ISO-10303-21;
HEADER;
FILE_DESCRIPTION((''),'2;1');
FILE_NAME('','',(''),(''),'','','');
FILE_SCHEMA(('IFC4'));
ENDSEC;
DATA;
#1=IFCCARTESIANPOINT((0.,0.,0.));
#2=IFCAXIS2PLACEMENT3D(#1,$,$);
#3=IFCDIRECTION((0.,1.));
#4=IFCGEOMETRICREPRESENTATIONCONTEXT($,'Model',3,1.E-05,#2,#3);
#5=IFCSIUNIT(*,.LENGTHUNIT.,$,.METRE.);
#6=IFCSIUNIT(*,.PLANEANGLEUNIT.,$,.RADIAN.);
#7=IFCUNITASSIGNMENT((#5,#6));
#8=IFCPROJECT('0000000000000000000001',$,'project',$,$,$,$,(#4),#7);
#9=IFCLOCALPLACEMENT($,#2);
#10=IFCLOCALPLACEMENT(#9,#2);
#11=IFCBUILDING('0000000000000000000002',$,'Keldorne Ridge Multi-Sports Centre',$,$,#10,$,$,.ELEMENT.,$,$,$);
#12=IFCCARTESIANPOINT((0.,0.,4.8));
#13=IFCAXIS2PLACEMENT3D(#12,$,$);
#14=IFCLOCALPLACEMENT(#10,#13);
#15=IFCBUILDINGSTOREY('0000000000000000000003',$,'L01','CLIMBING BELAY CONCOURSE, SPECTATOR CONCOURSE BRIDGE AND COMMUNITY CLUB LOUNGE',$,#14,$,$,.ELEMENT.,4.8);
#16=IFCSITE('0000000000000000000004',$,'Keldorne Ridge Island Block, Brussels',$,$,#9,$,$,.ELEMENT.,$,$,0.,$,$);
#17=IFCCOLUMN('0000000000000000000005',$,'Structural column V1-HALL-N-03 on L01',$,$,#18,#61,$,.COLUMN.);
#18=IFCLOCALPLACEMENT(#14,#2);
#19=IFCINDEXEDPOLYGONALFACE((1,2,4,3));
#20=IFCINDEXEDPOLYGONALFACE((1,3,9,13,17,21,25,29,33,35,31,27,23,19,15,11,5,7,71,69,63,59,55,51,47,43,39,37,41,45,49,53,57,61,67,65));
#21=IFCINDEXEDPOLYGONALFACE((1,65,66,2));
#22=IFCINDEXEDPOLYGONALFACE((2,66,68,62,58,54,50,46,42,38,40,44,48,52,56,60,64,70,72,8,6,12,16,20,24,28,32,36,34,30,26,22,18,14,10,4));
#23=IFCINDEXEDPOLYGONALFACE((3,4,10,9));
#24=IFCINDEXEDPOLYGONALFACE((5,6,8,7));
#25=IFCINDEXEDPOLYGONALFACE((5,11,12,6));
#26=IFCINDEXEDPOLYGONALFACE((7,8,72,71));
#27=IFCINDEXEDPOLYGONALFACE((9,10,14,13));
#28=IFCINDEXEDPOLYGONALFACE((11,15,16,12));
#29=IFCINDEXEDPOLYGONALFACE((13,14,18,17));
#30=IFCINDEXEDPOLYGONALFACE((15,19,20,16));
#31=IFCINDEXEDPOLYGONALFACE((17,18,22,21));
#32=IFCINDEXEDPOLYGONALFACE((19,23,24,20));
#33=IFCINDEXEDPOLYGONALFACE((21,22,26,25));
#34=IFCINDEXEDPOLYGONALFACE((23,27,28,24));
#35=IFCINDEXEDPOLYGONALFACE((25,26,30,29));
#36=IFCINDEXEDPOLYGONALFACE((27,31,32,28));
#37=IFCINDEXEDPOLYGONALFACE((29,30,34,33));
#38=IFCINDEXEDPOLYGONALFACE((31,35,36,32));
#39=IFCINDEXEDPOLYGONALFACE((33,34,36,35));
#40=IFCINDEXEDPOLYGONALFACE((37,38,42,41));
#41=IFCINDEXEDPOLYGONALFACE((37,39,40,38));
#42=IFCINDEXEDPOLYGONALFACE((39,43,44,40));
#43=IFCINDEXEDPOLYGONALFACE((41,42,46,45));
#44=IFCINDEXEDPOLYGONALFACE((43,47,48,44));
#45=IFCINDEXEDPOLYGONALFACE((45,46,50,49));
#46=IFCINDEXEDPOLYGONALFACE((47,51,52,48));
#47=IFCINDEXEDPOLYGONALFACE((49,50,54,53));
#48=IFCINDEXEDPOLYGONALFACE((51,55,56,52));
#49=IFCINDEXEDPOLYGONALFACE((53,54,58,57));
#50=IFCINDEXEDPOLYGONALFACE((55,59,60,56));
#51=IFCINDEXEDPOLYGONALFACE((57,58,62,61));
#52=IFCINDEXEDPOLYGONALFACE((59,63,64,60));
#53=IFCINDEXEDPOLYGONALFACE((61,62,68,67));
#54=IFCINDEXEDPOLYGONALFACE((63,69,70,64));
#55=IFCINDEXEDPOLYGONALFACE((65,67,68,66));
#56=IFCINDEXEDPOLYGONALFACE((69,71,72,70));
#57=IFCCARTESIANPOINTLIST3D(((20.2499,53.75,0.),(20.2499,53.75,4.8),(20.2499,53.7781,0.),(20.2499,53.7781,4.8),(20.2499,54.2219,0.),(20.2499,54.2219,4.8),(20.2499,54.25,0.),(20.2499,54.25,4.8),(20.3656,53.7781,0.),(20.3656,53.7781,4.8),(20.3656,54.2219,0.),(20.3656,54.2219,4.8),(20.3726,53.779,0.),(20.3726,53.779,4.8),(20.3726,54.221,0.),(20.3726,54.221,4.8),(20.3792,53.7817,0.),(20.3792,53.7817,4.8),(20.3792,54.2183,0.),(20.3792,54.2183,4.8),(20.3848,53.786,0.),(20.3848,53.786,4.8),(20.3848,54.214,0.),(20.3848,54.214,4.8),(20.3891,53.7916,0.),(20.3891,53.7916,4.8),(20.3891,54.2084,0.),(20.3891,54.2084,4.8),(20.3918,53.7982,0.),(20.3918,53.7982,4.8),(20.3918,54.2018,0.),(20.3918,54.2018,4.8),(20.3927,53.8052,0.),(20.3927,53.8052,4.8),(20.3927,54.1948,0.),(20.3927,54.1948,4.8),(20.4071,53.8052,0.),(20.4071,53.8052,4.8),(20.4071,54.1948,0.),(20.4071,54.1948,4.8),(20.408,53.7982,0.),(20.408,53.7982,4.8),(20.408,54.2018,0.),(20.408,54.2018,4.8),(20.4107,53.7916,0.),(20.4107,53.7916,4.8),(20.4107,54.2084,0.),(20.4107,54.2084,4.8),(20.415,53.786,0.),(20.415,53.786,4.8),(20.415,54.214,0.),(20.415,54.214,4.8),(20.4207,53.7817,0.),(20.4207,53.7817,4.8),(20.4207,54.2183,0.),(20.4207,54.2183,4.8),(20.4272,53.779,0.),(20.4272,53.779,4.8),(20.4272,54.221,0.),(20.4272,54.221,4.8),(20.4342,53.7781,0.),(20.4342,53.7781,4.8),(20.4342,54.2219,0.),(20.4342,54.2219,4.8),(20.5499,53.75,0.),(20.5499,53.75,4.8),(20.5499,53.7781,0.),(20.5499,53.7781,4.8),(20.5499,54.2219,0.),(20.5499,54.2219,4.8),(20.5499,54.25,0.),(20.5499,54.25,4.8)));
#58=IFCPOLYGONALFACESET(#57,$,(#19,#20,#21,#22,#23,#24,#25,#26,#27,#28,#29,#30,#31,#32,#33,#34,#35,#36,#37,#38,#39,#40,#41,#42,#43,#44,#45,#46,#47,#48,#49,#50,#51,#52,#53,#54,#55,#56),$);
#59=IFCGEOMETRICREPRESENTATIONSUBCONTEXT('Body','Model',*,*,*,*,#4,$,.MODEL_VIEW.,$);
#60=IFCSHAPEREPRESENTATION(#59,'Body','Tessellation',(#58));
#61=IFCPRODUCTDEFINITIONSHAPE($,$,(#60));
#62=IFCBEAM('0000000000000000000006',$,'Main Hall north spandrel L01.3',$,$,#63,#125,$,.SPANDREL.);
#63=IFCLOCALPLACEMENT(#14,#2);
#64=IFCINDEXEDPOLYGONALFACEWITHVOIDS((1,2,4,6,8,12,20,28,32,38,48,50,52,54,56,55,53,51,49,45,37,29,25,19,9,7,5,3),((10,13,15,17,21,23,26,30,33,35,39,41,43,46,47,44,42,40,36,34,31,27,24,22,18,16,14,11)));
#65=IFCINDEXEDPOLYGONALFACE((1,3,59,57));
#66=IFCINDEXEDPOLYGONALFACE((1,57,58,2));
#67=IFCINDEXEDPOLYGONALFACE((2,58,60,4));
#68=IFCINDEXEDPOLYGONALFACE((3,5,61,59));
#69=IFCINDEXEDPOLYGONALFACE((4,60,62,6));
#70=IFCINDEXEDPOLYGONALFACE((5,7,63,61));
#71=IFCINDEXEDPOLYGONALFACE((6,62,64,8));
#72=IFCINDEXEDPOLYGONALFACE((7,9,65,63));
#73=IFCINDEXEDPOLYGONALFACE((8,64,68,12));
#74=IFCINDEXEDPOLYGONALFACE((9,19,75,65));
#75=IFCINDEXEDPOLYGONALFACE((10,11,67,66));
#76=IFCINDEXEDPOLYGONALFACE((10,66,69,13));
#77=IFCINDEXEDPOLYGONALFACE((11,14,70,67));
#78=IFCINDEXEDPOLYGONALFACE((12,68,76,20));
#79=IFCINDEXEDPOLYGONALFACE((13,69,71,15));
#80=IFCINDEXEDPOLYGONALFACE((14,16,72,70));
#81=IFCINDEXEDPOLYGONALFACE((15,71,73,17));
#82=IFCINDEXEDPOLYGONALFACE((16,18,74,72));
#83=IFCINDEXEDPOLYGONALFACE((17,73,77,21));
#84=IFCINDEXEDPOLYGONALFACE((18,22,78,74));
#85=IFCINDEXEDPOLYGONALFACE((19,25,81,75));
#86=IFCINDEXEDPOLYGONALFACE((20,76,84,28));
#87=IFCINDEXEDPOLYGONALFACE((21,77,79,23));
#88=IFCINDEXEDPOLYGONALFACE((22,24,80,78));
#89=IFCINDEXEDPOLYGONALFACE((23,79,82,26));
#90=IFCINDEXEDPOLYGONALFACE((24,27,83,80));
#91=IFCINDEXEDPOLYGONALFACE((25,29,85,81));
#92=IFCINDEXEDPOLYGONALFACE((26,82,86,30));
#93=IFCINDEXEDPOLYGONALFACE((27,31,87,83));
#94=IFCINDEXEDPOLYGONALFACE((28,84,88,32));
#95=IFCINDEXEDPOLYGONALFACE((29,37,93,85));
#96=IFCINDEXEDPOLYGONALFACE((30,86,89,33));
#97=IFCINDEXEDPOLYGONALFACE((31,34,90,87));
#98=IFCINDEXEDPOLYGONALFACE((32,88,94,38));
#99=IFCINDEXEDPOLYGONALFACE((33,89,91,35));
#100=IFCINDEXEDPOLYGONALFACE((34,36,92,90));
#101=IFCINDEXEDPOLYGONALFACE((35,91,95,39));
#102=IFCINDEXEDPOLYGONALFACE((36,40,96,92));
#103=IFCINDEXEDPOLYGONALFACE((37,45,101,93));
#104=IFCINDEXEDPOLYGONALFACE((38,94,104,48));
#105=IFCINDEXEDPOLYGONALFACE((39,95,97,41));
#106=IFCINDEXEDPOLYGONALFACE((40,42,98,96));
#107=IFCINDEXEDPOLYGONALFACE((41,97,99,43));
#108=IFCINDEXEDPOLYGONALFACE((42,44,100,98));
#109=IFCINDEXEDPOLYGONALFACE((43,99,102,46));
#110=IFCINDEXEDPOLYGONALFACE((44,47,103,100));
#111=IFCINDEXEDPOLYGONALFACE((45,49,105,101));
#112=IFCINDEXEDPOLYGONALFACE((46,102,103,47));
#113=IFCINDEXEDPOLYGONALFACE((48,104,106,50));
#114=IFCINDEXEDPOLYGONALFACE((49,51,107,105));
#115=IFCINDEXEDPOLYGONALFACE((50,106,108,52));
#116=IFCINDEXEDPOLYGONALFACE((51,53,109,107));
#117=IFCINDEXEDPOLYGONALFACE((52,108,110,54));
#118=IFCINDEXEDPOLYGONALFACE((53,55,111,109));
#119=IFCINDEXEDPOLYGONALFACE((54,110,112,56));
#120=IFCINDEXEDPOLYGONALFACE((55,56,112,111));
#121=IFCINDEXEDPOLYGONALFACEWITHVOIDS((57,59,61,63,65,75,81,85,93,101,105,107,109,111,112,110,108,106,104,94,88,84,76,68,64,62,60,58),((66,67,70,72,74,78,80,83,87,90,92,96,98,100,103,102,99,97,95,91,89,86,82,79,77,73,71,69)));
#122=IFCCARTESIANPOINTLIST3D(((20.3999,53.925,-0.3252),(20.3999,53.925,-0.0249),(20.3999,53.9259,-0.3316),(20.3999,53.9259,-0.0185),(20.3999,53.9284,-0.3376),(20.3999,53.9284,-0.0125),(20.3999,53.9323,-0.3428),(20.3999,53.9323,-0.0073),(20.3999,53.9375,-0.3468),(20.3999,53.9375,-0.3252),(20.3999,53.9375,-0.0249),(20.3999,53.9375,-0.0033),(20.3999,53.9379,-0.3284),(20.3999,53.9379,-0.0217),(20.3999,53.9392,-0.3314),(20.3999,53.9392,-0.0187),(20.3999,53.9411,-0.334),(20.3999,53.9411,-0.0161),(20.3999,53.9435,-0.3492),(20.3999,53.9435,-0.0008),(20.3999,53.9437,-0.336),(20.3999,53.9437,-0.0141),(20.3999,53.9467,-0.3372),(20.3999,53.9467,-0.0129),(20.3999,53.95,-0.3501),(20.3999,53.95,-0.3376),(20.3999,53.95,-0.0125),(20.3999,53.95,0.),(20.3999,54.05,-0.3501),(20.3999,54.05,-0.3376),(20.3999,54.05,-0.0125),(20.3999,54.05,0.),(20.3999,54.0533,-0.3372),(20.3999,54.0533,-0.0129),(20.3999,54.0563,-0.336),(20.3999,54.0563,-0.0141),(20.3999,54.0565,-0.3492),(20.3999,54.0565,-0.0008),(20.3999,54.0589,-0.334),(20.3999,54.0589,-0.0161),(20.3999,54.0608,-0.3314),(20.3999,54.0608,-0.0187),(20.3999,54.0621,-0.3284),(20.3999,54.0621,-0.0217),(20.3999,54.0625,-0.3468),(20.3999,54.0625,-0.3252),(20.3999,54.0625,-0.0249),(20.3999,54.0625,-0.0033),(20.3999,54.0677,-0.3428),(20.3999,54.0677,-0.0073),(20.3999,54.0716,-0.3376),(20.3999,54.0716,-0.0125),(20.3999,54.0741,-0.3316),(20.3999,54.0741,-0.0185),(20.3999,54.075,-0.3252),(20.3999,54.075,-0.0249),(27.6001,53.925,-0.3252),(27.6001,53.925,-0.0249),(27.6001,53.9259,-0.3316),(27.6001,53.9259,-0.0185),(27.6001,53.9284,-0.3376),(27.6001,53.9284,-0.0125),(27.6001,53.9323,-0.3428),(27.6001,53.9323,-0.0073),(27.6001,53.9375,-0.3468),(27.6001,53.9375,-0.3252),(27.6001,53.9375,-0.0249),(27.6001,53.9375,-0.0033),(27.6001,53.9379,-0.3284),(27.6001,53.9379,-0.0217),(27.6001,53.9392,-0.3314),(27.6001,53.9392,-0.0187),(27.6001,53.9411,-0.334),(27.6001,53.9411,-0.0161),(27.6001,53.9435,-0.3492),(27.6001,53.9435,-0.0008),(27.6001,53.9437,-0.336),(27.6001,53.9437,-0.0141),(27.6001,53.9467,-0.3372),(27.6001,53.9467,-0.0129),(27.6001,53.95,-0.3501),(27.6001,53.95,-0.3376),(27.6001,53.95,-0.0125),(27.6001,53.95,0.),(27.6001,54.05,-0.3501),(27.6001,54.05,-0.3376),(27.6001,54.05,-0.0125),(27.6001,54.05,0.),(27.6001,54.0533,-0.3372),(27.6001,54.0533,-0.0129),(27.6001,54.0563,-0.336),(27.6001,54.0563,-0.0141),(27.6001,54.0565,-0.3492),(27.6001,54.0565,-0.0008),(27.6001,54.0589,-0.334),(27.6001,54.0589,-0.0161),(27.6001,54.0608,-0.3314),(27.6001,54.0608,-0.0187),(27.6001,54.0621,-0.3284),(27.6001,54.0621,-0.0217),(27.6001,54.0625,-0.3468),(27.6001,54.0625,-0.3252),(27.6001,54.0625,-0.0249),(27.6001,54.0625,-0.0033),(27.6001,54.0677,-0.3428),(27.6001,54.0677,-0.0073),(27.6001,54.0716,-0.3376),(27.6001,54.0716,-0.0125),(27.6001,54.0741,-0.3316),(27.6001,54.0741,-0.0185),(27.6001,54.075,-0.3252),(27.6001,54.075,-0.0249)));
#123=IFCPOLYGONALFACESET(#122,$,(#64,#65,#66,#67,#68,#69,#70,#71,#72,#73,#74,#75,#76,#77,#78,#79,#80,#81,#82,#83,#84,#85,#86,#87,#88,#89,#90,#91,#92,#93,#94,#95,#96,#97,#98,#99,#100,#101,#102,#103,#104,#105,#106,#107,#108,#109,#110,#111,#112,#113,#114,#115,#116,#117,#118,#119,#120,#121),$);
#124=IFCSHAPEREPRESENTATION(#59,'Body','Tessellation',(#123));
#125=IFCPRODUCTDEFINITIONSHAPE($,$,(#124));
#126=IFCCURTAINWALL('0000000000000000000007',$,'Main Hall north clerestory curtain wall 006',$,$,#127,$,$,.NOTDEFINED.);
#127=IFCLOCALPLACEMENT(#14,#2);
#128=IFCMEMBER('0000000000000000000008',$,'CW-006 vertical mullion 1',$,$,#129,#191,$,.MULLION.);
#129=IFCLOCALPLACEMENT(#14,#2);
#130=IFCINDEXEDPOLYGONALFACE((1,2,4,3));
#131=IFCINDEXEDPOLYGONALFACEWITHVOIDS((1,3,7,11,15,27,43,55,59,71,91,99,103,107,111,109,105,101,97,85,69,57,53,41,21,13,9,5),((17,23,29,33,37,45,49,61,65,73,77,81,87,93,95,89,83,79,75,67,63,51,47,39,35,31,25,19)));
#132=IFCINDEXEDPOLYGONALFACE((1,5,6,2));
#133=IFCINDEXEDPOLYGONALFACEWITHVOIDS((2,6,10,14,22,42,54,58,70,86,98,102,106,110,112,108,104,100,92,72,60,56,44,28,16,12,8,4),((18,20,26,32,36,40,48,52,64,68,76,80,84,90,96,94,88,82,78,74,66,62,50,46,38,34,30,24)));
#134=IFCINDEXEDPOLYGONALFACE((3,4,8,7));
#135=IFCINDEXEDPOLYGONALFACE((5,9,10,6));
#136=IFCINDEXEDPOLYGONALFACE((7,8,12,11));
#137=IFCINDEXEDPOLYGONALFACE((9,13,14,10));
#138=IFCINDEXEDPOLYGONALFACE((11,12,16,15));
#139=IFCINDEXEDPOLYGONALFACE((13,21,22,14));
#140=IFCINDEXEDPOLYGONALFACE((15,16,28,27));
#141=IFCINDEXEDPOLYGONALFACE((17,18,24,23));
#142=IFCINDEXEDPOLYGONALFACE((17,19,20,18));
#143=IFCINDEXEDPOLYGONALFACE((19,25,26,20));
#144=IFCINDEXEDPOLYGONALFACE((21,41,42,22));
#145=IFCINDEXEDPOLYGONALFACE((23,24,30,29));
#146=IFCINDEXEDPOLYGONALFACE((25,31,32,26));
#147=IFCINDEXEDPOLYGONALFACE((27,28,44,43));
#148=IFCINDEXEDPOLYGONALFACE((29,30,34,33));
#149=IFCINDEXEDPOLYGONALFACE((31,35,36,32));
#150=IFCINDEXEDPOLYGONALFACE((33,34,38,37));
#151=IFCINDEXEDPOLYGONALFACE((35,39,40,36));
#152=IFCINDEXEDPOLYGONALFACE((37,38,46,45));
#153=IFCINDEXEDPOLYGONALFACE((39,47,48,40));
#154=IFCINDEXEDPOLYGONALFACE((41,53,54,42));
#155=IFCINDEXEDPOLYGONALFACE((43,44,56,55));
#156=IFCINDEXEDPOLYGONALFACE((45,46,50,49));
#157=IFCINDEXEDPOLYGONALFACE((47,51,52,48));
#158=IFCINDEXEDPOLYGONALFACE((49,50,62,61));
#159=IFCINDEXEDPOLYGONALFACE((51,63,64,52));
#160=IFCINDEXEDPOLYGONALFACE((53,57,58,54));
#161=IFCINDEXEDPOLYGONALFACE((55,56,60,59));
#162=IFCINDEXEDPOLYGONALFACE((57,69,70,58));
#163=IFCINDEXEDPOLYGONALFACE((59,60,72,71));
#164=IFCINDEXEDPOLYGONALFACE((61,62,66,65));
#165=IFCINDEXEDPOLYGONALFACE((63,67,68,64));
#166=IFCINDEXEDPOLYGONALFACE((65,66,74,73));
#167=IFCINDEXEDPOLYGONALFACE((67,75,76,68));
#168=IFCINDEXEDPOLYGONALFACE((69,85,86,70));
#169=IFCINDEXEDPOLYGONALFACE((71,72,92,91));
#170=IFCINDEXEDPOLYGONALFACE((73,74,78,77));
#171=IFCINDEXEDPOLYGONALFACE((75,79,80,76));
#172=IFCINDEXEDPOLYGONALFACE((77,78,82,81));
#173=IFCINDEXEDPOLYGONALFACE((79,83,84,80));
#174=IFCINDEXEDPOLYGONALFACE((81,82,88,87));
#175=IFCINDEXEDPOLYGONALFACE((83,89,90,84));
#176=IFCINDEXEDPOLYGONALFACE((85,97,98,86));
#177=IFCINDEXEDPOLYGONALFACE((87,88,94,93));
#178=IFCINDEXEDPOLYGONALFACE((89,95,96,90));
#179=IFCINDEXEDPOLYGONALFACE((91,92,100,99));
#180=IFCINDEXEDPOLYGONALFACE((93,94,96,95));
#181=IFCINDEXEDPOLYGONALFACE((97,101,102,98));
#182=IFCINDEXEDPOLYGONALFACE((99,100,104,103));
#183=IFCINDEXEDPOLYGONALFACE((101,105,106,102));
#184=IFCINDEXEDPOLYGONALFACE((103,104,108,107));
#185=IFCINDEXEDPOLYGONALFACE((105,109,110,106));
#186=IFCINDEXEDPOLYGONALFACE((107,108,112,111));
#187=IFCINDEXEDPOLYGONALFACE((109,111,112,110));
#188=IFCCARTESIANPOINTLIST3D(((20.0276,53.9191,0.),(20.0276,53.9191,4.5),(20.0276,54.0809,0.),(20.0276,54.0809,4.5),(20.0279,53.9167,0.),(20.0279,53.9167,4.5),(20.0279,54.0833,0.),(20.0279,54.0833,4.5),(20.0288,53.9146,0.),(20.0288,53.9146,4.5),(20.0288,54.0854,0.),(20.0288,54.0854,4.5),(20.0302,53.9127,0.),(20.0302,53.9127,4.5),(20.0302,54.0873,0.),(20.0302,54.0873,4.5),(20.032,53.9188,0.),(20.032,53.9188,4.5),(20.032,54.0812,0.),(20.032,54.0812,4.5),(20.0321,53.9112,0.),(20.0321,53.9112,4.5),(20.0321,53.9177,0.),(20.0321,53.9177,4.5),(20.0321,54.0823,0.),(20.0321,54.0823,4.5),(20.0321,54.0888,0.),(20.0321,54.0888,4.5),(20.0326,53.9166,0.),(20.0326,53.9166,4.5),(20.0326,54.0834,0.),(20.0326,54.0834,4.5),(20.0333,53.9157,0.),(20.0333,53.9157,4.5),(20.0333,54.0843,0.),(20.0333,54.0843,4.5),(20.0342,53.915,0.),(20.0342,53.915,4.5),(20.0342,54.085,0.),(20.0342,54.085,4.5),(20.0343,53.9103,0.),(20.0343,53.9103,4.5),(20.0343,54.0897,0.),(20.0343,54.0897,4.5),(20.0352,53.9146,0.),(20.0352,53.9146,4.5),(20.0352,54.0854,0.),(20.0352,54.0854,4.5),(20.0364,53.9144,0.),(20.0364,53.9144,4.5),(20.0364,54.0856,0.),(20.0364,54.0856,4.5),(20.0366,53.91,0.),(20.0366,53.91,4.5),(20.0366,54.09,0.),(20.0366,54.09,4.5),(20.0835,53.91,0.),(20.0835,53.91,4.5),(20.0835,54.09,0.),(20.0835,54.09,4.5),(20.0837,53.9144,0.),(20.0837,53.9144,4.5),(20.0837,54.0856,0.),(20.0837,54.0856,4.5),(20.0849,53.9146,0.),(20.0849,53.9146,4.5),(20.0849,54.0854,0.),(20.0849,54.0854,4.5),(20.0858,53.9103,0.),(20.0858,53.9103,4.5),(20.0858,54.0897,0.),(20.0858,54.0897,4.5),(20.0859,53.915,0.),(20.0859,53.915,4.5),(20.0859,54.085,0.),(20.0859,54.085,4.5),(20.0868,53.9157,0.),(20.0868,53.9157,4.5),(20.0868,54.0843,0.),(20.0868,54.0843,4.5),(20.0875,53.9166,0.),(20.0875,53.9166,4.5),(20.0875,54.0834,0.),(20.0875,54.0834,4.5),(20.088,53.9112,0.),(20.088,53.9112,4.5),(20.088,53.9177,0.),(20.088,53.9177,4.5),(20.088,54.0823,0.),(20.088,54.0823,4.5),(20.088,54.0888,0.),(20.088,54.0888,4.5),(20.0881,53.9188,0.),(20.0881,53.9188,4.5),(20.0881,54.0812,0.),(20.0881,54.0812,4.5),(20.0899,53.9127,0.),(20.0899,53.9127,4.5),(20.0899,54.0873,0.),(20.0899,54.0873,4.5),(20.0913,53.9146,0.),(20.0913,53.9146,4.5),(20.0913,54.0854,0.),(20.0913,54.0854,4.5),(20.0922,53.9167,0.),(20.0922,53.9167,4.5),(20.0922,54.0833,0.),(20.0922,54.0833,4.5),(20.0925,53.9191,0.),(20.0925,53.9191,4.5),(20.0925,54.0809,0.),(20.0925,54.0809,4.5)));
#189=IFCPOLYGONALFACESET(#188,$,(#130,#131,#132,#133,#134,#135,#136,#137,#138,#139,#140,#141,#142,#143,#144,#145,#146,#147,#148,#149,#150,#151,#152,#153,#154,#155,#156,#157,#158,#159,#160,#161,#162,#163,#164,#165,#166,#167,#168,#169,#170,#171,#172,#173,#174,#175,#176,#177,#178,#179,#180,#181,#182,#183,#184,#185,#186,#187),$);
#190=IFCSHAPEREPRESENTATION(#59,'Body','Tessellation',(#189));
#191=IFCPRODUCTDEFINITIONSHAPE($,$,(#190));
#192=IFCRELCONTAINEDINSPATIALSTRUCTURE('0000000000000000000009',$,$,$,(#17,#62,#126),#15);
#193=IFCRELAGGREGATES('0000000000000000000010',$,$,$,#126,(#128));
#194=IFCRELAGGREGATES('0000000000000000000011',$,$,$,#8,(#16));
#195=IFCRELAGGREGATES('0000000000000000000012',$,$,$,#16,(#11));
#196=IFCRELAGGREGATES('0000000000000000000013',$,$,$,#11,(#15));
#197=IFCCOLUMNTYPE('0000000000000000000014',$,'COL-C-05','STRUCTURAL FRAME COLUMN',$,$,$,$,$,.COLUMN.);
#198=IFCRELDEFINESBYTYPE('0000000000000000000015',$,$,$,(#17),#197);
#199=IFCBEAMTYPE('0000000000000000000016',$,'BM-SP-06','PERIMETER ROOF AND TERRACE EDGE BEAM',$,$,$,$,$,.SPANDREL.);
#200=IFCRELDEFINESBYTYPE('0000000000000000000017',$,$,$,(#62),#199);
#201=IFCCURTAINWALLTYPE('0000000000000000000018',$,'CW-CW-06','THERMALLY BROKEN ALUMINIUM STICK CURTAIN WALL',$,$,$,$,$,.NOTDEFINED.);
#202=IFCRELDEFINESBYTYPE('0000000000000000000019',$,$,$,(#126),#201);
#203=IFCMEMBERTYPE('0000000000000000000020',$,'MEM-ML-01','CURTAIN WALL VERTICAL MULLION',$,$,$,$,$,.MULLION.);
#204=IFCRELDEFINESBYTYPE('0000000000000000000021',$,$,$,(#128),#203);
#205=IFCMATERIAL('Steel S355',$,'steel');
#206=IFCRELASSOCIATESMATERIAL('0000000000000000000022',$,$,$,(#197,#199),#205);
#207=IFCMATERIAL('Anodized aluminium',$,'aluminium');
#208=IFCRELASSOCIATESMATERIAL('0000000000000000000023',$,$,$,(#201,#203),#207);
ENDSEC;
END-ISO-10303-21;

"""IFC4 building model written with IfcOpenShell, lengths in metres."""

from ifc_helpers import new_model, si_unit, direction, frame, origin, origin_2d, place, context, subcontext, project, spatial, hollow_rectangle, i_section, extrude, material, material_profile, profile_set, type_object, element, aggregate, save


model = new_model("IFC4")

# Units and contexts
model_context = context("Model", 3, precision=1e-05, world=origin(), true_north=direction((0.0, 1.0)))
body_context = subcontext(model_context, "Body", "Model", "MODEL_VIEW")
ifc_project = project(units=[si_unit("LENGTHUNIT", "METRE"), si_unit("PLANEANGLEUNIT", "RADIAN")], contexts=[model_context])

# Site, building, storey
site_placement = place(None, origin())
site = spatial("IfcSite", under=ifc_project, at=site_placement, Name="Keldorne Ridge Island Block, Brussels", CompositionType="ELEMENT", RefElevation=0.0)
building_placement = place(site_placement, origin())
building = spatial("IfcBuilding", under=site, at=building_placement, Name="Keldorne Ridge Multi-Sports Centre", CompositionType="ELEMENT")
storey_placement = place(building_placement, frame((0.0, 0.0, 4.8)))
storey = spatial("IfcBuildingStorey", under=building, at=storey_placement, Name="L01", Description="CLIMBING BELAY CONCOURSE, SPECTATOR CONCOURSE BRIDGE AND COMMUNITY CLUB LOUNGE", CompositionType="ELEMENT", Elevation=4.8)

# Column
ifc_material_1 = material(Name="Steel S355", Category="steel")
ifc_material_profile_1 = material_profile(ifc_material_1, i_section(OverallWidth=0.3, OverallDepth=0.5, WebThickness=0.0144, FlangeThickness=0.0281, FilletRadius=0.0271, at=origin_2d()), Name="HEB 500")
ifc_profile_set_1 = profile_set([ifc_material_profile_1], Name="Steel S355")
column_type = type_object("IfcColumnType", Name="COL-C-05", Description="STRUCTURAL FRAME COLUMN", PredefinedType="COLUMN", material=ifc_profile_set_1)
column_placement = place(storey_placement, frame((20.3999, 54.0, 0.0), z_axis=(0.0, 0.0, 1.0), x_axis=(1.0, 0.0, 0.0)))
element("IfcColumn", 1, at=column_placement, inside=storey, type_object=column_type, Name="Structural column V1-HALL-N-03 on L01", PredefinedType="COLUMN", context=body_context, shape_type="SweptSolid", body=[
    extrude(i_section(OverallWidth=0.3, OverallDepth=0.5, WebThickness=0.0144, FlangeThickness=0.0281, FilletRadius=0.0271, at=origin_2d()), origin(), (0.0, 0.0, 1.0), 4.8),
])

# Beam
ifc_material_profile_2 = material_profile(ifc_material_1, hollow_rectangle(XDim=0.1499, YDim=0.3501, WallThickness=0.0125, InnerFilletRadius=0.0125, OuterFilletRadius=0.0249, at=origin_2d()), Name="RHS 350x150x12.5")
ifc_profile_set_2 = profile_set([ifc_material_profile_2], Name="Steel S355")
beam_type = type_object("IfcBeamType", Name="BM-SP-06", Description="PERIMETER ROOF AND TERRACE EDGE BEAM", PredefinedType="SPANDREL", material=ifc_profile_set_2)
beam_placement = place(storey_placement, frame((20.3999, 54.0, -0.175), z_axis=(1.0, 0.0, 0.0), x_axis=(0.0, 1.0, 0.0)))
element("IfcBeam", 2, at=beam_placement, inside=storey, type_object=beam_type, Name="Main Hall north spandrel L01.3", PredefinedType="SPANDREL", context=body_context, shape_type="SweptSolid", body=[
    extrude(hollow_rectangle(XDim=0.1499, YDim=0.3501, WallThickness=0.0125, InnerFilletRadius=0.0125, OuterFilletRadius=0.0249, at=origin_2d()), origin(), (0.0, 0.0, 1.0), 7.2002),
])

# Curtain wall, member
ifc_material_2 = material(Name="Anodized aluminium", Category="aluminium")
curtain_wall_type_1 = type_object("IfcCurtainWallType", Name="CW-CW-06", Description="THERMALLY BROKEN ALUMINIUM STICK CURTAIN WALL", PredefinedType="NOTDEFINED", material=ifc_material_2)
curtain_wall_1_placement = place(storey_placement, origin())
curtain_wall_1 = element("IfcCurtainWall", 3, at=curtain_wall_1_placement, inside=storey, type_object=curtain_wall_type_1, Name="Main Hall north clerestory curtain wall 006", PredefinedType="NOTDEFINED")
ifc_material_profile_3 = material_profile(ifc_material_2, hollow_rectangle(XDim=0.0649, YDim=0.1799, WallThickness=0.0044, InnerFilletRadius=0.0044, OuterFilletRadius=0.009, at=origin_2d()), Name="ALU MULLION 180x65x4.5")
ifc_profile_set_3 = profile_set([ifc_material_profile_3], Name="Anodized aluminium")
member_type_1 = type_object("IfcMemberType", Name="MEM-ML-01", Description="CURTAIN WALL VERTICAL MULLION", PredefinedType="MULLION", material=ifc_profile_set_3)
member_1_placement = place(storey_placement, frame((20.0601, 54.0, 0.0), z_axis=(0.0, 0.0, 1.0), x_axis=(1.0, 0.0, 0.0)))
member_1 = element("IfcMember", 4, at=member_1_placement, type_object=member_type_1, Name="CW-006 vertical mullion 1", PredefinedType="MULLION", context=body_context, shape_type="SweptSolid", body=[
    extrude(hollow_rectangle(XDim=0.0649, YDim=0.1799, WallThickness=0.0044, InnerFilletRadius=0.0044, OuterFilletRadius=0.009, at=origin_2d()), origin(), (0.0, 0.0, 1.0), 4.5),
])

aggregate(curtain_wall_1, [member_1])

save(model, "model.ifc")
